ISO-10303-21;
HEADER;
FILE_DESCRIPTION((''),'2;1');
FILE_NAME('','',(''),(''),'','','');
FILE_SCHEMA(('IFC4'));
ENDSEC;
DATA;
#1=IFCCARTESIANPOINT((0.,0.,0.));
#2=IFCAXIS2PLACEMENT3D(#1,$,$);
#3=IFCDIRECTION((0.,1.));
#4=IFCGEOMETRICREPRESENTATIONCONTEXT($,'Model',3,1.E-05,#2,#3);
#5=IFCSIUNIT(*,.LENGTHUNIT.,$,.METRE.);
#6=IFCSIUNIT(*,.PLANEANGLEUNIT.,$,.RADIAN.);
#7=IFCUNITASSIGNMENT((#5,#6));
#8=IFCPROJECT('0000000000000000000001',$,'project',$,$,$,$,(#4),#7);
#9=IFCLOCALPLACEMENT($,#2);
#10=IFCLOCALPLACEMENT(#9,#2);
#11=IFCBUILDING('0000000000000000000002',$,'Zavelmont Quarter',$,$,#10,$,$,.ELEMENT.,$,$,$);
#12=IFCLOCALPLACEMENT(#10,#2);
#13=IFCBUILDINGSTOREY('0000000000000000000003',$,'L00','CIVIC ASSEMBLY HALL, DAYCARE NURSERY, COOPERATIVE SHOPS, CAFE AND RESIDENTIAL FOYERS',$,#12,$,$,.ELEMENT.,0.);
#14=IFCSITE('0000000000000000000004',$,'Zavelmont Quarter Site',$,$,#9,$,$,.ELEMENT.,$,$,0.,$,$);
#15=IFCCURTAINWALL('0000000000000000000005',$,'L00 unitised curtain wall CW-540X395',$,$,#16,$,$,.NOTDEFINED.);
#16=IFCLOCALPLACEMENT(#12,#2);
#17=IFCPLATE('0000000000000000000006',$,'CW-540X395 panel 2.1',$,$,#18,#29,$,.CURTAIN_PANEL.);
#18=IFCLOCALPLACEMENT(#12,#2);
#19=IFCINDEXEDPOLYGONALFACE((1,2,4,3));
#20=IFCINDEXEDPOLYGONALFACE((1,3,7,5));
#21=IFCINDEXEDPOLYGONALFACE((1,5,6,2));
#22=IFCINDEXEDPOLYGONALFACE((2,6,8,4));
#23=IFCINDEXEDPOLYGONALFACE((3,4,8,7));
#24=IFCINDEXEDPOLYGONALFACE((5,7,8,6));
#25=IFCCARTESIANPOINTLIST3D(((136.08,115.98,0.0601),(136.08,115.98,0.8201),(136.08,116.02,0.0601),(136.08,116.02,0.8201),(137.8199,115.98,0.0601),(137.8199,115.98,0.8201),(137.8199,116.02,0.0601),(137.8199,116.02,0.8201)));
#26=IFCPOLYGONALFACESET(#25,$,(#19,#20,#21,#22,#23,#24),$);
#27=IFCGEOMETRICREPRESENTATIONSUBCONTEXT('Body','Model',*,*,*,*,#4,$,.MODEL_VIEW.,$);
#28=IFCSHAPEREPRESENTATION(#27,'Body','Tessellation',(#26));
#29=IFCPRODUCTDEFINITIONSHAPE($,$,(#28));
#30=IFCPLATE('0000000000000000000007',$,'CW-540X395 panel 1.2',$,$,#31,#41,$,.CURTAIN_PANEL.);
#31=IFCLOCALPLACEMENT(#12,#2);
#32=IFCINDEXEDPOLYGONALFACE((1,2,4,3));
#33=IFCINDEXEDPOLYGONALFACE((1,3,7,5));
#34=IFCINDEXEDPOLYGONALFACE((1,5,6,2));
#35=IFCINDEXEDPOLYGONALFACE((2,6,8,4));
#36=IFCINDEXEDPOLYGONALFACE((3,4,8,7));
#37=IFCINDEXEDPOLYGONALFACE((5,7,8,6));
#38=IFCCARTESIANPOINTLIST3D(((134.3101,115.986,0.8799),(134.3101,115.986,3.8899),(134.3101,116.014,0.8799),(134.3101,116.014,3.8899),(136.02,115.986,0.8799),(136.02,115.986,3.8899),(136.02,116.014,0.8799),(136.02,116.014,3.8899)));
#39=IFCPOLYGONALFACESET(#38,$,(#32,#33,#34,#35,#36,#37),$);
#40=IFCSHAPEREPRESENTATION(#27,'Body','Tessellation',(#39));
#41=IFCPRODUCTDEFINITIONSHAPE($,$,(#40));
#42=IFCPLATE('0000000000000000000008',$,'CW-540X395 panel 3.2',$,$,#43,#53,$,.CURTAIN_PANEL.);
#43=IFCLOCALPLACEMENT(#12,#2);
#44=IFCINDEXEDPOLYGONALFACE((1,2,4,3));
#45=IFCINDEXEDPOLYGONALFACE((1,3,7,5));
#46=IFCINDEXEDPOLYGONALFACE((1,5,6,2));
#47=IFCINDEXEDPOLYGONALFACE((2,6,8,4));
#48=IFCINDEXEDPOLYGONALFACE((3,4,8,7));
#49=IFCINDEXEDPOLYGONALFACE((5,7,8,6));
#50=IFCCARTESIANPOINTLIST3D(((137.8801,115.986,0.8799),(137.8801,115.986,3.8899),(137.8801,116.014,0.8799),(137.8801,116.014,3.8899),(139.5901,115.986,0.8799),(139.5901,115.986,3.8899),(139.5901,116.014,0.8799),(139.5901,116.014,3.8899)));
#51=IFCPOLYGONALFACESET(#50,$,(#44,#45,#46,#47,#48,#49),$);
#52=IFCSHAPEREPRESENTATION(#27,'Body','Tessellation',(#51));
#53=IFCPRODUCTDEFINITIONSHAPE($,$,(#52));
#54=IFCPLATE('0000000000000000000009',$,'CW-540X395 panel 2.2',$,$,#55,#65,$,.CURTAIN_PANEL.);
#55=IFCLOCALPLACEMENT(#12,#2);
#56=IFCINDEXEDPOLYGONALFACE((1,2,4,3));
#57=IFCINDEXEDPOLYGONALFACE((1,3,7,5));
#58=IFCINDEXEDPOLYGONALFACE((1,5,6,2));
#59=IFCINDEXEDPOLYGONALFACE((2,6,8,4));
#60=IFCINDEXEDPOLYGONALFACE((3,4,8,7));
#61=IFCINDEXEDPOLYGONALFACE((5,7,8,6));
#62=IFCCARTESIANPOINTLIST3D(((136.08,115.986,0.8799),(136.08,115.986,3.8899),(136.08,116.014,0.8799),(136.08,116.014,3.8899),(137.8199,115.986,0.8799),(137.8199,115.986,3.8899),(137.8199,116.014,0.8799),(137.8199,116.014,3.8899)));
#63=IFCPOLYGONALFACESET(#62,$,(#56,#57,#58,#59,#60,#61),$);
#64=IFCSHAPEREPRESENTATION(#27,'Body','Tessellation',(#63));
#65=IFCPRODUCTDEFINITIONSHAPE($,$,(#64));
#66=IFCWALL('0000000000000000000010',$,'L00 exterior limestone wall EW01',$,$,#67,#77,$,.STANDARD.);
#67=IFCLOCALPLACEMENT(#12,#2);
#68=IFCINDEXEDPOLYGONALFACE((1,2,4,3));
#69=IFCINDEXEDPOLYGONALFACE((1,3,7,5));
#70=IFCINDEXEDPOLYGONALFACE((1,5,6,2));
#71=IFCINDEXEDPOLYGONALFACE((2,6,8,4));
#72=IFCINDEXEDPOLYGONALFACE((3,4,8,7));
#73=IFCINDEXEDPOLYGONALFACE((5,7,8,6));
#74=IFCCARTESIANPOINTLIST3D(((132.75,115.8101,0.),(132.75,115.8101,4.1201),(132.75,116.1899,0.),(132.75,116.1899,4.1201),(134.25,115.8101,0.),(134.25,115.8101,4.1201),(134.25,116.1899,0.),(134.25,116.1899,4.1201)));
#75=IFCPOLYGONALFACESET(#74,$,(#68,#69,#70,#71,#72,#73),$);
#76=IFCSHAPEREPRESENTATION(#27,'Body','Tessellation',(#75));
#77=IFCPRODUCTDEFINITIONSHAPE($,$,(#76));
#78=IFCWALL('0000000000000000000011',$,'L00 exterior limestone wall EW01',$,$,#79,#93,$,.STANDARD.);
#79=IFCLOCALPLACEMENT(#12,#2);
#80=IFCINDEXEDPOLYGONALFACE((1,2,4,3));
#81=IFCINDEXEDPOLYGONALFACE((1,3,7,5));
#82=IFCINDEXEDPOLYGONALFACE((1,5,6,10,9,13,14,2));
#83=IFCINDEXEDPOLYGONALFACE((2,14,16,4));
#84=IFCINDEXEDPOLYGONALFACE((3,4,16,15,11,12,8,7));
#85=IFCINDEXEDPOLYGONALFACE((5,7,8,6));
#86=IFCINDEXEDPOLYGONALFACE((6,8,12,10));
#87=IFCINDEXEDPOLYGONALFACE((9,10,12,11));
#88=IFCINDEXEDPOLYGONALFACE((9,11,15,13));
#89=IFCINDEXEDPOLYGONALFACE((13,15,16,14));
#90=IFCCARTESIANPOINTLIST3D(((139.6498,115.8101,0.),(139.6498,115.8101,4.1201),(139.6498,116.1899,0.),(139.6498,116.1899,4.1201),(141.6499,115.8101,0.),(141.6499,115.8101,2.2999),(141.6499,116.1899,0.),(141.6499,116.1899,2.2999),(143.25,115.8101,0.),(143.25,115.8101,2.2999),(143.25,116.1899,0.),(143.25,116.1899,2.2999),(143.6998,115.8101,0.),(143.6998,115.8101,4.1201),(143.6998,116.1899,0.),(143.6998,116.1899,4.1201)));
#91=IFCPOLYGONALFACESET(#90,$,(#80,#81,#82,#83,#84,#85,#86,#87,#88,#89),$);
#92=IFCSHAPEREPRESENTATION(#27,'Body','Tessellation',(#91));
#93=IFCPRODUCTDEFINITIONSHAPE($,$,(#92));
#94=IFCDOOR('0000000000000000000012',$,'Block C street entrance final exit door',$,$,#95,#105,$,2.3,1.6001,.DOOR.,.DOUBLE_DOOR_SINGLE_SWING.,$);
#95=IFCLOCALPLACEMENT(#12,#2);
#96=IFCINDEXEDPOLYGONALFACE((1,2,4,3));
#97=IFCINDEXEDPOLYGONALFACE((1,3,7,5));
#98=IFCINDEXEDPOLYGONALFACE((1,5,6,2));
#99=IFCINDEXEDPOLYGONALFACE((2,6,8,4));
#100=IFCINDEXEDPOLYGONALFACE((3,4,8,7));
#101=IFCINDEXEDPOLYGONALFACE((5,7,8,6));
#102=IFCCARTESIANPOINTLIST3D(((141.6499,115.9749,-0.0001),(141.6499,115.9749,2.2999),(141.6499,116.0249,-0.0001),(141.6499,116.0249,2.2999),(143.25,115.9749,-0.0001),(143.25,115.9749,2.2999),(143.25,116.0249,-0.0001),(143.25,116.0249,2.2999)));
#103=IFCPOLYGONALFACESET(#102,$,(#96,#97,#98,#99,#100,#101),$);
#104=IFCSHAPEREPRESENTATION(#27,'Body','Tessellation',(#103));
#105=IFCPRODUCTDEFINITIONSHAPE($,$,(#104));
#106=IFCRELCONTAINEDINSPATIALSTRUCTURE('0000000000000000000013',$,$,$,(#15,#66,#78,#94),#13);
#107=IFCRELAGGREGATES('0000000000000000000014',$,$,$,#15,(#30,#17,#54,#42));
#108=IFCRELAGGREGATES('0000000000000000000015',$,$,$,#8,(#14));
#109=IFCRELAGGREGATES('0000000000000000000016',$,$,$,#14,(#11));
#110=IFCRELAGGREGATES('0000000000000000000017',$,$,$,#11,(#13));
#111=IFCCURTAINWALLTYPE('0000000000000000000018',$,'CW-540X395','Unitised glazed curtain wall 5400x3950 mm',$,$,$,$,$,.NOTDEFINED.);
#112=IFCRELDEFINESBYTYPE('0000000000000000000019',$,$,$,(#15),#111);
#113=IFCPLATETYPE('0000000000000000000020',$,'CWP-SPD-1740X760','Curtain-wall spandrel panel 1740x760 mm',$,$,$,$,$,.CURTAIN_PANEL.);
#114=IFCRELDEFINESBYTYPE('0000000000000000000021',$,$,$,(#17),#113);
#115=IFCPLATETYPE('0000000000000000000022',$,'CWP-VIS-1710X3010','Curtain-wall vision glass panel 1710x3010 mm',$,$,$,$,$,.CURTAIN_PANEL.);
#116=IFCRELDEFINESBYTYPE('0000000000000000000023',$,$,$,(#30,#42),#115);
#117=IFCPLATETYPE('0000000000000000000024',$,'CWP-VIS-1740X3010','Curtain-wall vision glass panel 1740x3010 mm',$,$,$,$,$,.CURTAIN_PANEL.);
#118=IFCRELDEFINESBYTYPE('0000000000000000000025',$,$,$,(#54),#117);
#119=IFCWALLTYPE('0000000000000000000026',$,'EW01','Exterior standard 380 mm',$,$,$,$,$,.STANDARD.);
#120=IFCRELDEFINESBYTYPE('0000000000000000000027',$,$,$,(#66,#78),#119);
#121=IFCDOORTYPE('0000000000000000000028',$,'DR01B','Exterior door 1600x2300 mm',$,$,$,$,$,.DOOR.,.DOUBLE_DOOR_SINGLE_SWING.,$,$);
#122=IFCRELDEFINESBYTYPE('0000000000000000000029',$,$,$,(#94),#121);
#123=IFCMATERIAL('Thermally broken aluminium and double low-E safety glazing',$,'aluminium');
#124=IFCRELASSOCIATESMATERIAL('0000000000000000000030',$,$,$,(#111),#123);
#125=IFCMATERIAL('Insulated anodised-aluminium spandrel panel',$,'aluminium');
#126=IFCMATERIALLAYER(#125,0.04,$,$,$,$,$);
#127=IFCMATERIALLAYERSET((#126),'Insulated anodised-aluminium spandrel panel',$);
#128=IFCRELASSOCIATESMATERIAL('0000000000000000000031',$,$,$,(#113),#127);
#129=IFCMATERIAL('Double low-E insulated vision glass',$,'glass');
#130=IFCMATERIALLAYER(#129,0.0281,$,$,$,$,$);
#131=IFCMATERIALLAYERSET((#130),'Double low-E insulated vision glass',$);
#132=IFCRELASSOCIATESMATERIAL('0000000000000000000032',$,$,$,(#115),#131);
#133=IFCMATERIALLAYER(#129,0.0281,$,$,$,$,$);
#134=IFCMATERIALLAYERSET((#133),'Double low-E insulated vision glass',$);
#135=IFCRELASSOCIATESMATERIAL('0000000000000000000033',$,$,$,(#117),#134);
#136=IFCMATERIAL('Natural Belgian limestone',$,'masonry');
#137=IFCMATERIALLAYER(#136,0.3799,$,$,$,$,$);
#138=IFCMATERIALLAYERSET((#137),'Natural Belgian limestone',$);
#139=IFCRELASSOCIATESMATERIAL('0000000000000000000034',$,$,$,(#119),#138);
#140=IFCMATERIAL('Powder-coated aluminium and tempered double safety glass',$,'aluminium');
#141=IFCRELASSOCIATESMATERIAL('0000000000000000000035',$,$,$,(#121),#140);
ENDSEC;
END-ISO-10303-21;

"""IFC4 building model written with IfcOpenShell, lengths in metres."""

from ifc_helpers import new_model, si_unit, direction, frame, frame_2d, origin, origin_with_axes, origin_2d, place, context, subcontext, project, spatial, rectangle, extrude, material, layer, layer_set, type_object, element, fill, aggregate, save


model = new_model("IFC4")

# Units and contexts
model_context = context("Model", 3, precision=1e-05, world=origin(), true_north=direction((0.0, 1.0)))
body_context = subcontext(model_context, "Body", "Model", "MODEL_VIEW")
ifc_project = project(units=[si_unit("LENGTHUNIT", "METRE"), si_unit("PLANEANGLEUNIT", "RADIAN")], contexts=[model_context])

# Site, building, storey
site_placement = place(None, origin())
site = spatial("IfcSite", under=ifc_project, at=site_placement, Name="Zavelmont Quarter Site", CompositionType="ELEMENT", RefElevation=0.0)
building_placement = place(site_placement, origin())
building = spatial("IfcBuilding", under=site, at=building_placement, Name="Zavelmont Quarter", CompositionType="ELEMENT")
storey_placement = place(building_placement, origin())
storey = spatial("IfcBuildingStorey", under=building, at=storey_placement, Name="L00", Description="CIVIC ASSEMBLY HALL, DAYCARE NURSERY, COOPERATIVE SHOPS, CAFE AND RESIDENTIAL FOYERS", CompositionType="ELEMENT", Elevation=0.0)

# Shared definitions
ifc_material_1 = material(Name="Thermally broken aluminium and double low-E safety glazing", Category="aluminium")
curtain_wall_type_1 = type_object("IfcCurtainWallType", Name="CW-540X395", Description="Unitised glazed curtain wall 5400x3950 mm", PredefinedType="NOTDEFINED", material=ifc_material_1)

# Curtain wall
curtain_wall_1_placement = place(storey_placement, origin())
curtain_wall_1 = element("IfcCurtainWall", 1, at=curtain_wall_1_placement, inside=storey, type_object=curtain_wall_type_1, Name="L00 unitised curtain wall CW-540X395", PredefinedType="NOTDEFINED")

# Plates
ifc_material_2 = material(Name="Insulated anodised-aluminium spandrel panel", Category="aluminium")
ifc_layer_1 = layer(ifc_material_2, 0.04)
ifc_layer_set_1 = layer_set([ifc_layer_1], Name="Insulated anodised-aluminium spandrel panel")
plate_type_1 = type_object("IfcPlateType", Name="CWP-SPD-1740X760", Description="Curtain-wall spandrel panel 1740x760 mm", PredefinedType="CURTAIN_PANEL", material=ifc_layer_set_1)
plate_1_placement = place(storey_placement, frame((136.95, 116.0, 0.0601), z_axis=(0.0, 0.0, 1.0), x_axis=(1.0, 0.0, 0.0)))
plate_1 = element("IfcPlate", 2, at=plate_1_placement, type_object=plate_type_1, Name="CW-540X395 panel 2.1", PredefinedType="CURTAIN_PANEL", context=body_context, shape_type="SweptSolid", body=[
    extrude(rectangle(XDim=1.74, YDim=0.04, at=origin_2d()), origin(), (0.0, 0.0, 1.0), 0.76),
])
ifc_material_3 = material(Name="Double low-E insulated vision glass", Category="glass")
ifc_layer_2 = layer(ifc_material_3, 0.0281)
ifc_layer_set_2 = layer_set([ifc_layer_2], Name="Double low-E insulated vision glass")
plate_type_2 = type_object("IfcPlateType", Name="CWP-VIS-1710X3010", Description="Curtain-wall vision glass panel 1710x3010 mm", PredefinedType="CURTAIN_PANEL", material=ifc_layer_set_2)
plate_2_placement = place(storey_placement, frame((135.165, 116.0, 0.8799), z_axis=(0.0, 0.0, 1.0), x_axis=(1.0, 0.0, 0.0)))
plate_2 = element("IfcPlate", 3, at=plate_2_placement, type_object=plate_type_2, Name="CW-540X395 panel 1.2", PredefinedType="CURTAIN_PANEL", context=body_context, shape_type="SweptSolid", body=[
    extrude(rectangle(XDim=1.71, YDim=0.0281, at=origin_2d()), origin(), (0.0, 0.0, 1.0), 3.01),
])
plate_3_placement = place(storey_placement, frame((138.7351, 116.0, 0.8799), z_axis=(0.0, 0.0, 1.0), x_axis=(1.0, 0.0, 0.0)))
plate_3 = element("IfcPlate", 4, at=plate_3_placement, type_object=plate_type_2, Name="CW-540X395 panel 3.2", PredefinedType="CURTAIN_PANEL", context=body_context, shape_type="SweptSolid", body=[
    extrude(rectangle(XDim=1.71, YDim=0.0281, at=origin_2d()), origin(), (0.0, 0.0, 1.0), 3.01),
])
ifc_layer_3 = layer(ifc_material_3, 0.0281)
ifc_layer_set_3 = layer_set([ifc_layer_3], Name="Double low-E insulated vision glass")
plate_type_3 = type_object("IfcPlateType", Name="CWP-VIS-1740X3010", Description="Curtain-wall vision glass panel 1740x3010 mm", PredefinedType="CURTAIN_PANEL", material=ifc_layer_set_3)
plate_4_placement = place(storey_placement, frame((136.95, 116.0, 0.8799), z_axis=(0.0, 0.0, 1.0), x_axis=(1.0, 0.0, 0.0)))
plate_4 = element("IfcPlate", 5, at=plate_4_placement, type_object=plate_type_3, Name="CW-540X395 panel 2.2", PredefinedType="CURTAIN_PANEL", context=body_context, shape_type="SweptSolid", body=[
    extrude(rectangle(XDim=1.74, YDim=0.0281, at=origin_2d()), origin(), (0.0, 0.0, 1.0), 3.01),
])
aggregate(curtain_wall_1, [plate_2, plate_1, plate_4, plate_3])

# Wall
ifc_material_4 = material(Name="Natural Belgian limestone", Category="masonry")
ifc_layer_4 = layer(ifc_material_4, 0.3799)
ifc_layer_set_4 = layer_set([ifc_layer_4], Name="Natural Belgian limestone")
wall_type = type_object("IfcWallType", Name="EW01", Description="Exterior standard 380 mm", PredefinedType="STANDARD", material=ifc_layer_set_4)
wall_1_placement = place(storey_placement, frame((132.75, 116.0, 0.0), z_axis=(0.0, 0.0, 1.0), x_axis=(1.0, 0.0, 0.0)))
element("IfcWall", 6, at=wall_1_placement, inside=storey, type_object=wall_type, Name="L00 exterior limestone wall EW01", PredefinedType="STANDARD", context=body_context, shape_type="SweptSolid", body=[
    extrude(rectangle(XDim=1.5, YDim=0.3799, at=frame_2d((0.75, 0.0))), origin(), (0.0, 0.0, 1.0), 4.1201),
])

# Wall, opening, door
wall_2_placement = place(storey_placement, frame((139.6499, 116.0, 0.0), z_axis=(0.0, 0.0, 1.0), x_axis=(1.0, 0.0, 0.0)))
wall_2 = element("IfcWall", 7, at=wall_2_placement, inside=storey, type_object=wall_type, Name="L00 exterior limestone wall EW01", PredefinedType="STANDARD", context=body_context, shape_type="SweptSolid", body=[
    extrude(rectangle(XDim=4.05, YDim=0.3799, at=frame_2d((2.0249, 0.0))), origin(), (0.0, 0.0, 1.0), 4.1201),
])
opening_placement = place(wall_2_placement, frame((2.0, 0.0, 0.0)))
opening = element("IfcOpeningElement", 8, at=opening_placement, cuts=wall_2, PredefinedType="OPENING", context=body_context, shape_type="SweptSolid", body=[
    extrude(rectangle(XDim=1.6001, YDim=2.3, at=frame_2d((0.8, 1.1499))), frame((0.0, 0.2019, 0.0), z_axis=(0.0, -1.0, 0.0), x_axis=(1.0, 0.0, 0.0)), (0.0, 0.0, 1.0), 0.4038),
])
ifc_material_5 = material(Name="Powder-coated aluminium and tempered double safety glass", Category="aluminium")
door_type = type_object("IfcDoorType", Name="DR01B", Description="Exterior door 1600x2300 mm", OperationType="DOUBLE_DOOR_SINGLE_SWING", PredefinedType="DOOR", material=ifc_material_5)
door_placement = place(opening_placement, origin_with_axes())
door = element("IfcDoor", 9, at=door_placement, inside=storey, type_object=door_type, Name="Block C street entrance final exit door", OperationType="DOUBLE_DOOR_SINGLE_SWING", OverallHeight=2.3, OverallWidth=1.6001, PredefinedType="DOOR", context=body_context, shape_type="SweptSolid", body=[
    extrude(rectangle(XDim=1.6001, YDim=2.3, at=frame_2d((0.8, 1.1499))), frame((0.0, 0.0249, 0.0), z_axis=(0.0, -1.0, 0.0), x_axis=(1.0, 0.0, 0.0)), (0.0, 0.0, 1.0), 0.05),
])
fill(opening, door)

save(model, "model.ifc")
